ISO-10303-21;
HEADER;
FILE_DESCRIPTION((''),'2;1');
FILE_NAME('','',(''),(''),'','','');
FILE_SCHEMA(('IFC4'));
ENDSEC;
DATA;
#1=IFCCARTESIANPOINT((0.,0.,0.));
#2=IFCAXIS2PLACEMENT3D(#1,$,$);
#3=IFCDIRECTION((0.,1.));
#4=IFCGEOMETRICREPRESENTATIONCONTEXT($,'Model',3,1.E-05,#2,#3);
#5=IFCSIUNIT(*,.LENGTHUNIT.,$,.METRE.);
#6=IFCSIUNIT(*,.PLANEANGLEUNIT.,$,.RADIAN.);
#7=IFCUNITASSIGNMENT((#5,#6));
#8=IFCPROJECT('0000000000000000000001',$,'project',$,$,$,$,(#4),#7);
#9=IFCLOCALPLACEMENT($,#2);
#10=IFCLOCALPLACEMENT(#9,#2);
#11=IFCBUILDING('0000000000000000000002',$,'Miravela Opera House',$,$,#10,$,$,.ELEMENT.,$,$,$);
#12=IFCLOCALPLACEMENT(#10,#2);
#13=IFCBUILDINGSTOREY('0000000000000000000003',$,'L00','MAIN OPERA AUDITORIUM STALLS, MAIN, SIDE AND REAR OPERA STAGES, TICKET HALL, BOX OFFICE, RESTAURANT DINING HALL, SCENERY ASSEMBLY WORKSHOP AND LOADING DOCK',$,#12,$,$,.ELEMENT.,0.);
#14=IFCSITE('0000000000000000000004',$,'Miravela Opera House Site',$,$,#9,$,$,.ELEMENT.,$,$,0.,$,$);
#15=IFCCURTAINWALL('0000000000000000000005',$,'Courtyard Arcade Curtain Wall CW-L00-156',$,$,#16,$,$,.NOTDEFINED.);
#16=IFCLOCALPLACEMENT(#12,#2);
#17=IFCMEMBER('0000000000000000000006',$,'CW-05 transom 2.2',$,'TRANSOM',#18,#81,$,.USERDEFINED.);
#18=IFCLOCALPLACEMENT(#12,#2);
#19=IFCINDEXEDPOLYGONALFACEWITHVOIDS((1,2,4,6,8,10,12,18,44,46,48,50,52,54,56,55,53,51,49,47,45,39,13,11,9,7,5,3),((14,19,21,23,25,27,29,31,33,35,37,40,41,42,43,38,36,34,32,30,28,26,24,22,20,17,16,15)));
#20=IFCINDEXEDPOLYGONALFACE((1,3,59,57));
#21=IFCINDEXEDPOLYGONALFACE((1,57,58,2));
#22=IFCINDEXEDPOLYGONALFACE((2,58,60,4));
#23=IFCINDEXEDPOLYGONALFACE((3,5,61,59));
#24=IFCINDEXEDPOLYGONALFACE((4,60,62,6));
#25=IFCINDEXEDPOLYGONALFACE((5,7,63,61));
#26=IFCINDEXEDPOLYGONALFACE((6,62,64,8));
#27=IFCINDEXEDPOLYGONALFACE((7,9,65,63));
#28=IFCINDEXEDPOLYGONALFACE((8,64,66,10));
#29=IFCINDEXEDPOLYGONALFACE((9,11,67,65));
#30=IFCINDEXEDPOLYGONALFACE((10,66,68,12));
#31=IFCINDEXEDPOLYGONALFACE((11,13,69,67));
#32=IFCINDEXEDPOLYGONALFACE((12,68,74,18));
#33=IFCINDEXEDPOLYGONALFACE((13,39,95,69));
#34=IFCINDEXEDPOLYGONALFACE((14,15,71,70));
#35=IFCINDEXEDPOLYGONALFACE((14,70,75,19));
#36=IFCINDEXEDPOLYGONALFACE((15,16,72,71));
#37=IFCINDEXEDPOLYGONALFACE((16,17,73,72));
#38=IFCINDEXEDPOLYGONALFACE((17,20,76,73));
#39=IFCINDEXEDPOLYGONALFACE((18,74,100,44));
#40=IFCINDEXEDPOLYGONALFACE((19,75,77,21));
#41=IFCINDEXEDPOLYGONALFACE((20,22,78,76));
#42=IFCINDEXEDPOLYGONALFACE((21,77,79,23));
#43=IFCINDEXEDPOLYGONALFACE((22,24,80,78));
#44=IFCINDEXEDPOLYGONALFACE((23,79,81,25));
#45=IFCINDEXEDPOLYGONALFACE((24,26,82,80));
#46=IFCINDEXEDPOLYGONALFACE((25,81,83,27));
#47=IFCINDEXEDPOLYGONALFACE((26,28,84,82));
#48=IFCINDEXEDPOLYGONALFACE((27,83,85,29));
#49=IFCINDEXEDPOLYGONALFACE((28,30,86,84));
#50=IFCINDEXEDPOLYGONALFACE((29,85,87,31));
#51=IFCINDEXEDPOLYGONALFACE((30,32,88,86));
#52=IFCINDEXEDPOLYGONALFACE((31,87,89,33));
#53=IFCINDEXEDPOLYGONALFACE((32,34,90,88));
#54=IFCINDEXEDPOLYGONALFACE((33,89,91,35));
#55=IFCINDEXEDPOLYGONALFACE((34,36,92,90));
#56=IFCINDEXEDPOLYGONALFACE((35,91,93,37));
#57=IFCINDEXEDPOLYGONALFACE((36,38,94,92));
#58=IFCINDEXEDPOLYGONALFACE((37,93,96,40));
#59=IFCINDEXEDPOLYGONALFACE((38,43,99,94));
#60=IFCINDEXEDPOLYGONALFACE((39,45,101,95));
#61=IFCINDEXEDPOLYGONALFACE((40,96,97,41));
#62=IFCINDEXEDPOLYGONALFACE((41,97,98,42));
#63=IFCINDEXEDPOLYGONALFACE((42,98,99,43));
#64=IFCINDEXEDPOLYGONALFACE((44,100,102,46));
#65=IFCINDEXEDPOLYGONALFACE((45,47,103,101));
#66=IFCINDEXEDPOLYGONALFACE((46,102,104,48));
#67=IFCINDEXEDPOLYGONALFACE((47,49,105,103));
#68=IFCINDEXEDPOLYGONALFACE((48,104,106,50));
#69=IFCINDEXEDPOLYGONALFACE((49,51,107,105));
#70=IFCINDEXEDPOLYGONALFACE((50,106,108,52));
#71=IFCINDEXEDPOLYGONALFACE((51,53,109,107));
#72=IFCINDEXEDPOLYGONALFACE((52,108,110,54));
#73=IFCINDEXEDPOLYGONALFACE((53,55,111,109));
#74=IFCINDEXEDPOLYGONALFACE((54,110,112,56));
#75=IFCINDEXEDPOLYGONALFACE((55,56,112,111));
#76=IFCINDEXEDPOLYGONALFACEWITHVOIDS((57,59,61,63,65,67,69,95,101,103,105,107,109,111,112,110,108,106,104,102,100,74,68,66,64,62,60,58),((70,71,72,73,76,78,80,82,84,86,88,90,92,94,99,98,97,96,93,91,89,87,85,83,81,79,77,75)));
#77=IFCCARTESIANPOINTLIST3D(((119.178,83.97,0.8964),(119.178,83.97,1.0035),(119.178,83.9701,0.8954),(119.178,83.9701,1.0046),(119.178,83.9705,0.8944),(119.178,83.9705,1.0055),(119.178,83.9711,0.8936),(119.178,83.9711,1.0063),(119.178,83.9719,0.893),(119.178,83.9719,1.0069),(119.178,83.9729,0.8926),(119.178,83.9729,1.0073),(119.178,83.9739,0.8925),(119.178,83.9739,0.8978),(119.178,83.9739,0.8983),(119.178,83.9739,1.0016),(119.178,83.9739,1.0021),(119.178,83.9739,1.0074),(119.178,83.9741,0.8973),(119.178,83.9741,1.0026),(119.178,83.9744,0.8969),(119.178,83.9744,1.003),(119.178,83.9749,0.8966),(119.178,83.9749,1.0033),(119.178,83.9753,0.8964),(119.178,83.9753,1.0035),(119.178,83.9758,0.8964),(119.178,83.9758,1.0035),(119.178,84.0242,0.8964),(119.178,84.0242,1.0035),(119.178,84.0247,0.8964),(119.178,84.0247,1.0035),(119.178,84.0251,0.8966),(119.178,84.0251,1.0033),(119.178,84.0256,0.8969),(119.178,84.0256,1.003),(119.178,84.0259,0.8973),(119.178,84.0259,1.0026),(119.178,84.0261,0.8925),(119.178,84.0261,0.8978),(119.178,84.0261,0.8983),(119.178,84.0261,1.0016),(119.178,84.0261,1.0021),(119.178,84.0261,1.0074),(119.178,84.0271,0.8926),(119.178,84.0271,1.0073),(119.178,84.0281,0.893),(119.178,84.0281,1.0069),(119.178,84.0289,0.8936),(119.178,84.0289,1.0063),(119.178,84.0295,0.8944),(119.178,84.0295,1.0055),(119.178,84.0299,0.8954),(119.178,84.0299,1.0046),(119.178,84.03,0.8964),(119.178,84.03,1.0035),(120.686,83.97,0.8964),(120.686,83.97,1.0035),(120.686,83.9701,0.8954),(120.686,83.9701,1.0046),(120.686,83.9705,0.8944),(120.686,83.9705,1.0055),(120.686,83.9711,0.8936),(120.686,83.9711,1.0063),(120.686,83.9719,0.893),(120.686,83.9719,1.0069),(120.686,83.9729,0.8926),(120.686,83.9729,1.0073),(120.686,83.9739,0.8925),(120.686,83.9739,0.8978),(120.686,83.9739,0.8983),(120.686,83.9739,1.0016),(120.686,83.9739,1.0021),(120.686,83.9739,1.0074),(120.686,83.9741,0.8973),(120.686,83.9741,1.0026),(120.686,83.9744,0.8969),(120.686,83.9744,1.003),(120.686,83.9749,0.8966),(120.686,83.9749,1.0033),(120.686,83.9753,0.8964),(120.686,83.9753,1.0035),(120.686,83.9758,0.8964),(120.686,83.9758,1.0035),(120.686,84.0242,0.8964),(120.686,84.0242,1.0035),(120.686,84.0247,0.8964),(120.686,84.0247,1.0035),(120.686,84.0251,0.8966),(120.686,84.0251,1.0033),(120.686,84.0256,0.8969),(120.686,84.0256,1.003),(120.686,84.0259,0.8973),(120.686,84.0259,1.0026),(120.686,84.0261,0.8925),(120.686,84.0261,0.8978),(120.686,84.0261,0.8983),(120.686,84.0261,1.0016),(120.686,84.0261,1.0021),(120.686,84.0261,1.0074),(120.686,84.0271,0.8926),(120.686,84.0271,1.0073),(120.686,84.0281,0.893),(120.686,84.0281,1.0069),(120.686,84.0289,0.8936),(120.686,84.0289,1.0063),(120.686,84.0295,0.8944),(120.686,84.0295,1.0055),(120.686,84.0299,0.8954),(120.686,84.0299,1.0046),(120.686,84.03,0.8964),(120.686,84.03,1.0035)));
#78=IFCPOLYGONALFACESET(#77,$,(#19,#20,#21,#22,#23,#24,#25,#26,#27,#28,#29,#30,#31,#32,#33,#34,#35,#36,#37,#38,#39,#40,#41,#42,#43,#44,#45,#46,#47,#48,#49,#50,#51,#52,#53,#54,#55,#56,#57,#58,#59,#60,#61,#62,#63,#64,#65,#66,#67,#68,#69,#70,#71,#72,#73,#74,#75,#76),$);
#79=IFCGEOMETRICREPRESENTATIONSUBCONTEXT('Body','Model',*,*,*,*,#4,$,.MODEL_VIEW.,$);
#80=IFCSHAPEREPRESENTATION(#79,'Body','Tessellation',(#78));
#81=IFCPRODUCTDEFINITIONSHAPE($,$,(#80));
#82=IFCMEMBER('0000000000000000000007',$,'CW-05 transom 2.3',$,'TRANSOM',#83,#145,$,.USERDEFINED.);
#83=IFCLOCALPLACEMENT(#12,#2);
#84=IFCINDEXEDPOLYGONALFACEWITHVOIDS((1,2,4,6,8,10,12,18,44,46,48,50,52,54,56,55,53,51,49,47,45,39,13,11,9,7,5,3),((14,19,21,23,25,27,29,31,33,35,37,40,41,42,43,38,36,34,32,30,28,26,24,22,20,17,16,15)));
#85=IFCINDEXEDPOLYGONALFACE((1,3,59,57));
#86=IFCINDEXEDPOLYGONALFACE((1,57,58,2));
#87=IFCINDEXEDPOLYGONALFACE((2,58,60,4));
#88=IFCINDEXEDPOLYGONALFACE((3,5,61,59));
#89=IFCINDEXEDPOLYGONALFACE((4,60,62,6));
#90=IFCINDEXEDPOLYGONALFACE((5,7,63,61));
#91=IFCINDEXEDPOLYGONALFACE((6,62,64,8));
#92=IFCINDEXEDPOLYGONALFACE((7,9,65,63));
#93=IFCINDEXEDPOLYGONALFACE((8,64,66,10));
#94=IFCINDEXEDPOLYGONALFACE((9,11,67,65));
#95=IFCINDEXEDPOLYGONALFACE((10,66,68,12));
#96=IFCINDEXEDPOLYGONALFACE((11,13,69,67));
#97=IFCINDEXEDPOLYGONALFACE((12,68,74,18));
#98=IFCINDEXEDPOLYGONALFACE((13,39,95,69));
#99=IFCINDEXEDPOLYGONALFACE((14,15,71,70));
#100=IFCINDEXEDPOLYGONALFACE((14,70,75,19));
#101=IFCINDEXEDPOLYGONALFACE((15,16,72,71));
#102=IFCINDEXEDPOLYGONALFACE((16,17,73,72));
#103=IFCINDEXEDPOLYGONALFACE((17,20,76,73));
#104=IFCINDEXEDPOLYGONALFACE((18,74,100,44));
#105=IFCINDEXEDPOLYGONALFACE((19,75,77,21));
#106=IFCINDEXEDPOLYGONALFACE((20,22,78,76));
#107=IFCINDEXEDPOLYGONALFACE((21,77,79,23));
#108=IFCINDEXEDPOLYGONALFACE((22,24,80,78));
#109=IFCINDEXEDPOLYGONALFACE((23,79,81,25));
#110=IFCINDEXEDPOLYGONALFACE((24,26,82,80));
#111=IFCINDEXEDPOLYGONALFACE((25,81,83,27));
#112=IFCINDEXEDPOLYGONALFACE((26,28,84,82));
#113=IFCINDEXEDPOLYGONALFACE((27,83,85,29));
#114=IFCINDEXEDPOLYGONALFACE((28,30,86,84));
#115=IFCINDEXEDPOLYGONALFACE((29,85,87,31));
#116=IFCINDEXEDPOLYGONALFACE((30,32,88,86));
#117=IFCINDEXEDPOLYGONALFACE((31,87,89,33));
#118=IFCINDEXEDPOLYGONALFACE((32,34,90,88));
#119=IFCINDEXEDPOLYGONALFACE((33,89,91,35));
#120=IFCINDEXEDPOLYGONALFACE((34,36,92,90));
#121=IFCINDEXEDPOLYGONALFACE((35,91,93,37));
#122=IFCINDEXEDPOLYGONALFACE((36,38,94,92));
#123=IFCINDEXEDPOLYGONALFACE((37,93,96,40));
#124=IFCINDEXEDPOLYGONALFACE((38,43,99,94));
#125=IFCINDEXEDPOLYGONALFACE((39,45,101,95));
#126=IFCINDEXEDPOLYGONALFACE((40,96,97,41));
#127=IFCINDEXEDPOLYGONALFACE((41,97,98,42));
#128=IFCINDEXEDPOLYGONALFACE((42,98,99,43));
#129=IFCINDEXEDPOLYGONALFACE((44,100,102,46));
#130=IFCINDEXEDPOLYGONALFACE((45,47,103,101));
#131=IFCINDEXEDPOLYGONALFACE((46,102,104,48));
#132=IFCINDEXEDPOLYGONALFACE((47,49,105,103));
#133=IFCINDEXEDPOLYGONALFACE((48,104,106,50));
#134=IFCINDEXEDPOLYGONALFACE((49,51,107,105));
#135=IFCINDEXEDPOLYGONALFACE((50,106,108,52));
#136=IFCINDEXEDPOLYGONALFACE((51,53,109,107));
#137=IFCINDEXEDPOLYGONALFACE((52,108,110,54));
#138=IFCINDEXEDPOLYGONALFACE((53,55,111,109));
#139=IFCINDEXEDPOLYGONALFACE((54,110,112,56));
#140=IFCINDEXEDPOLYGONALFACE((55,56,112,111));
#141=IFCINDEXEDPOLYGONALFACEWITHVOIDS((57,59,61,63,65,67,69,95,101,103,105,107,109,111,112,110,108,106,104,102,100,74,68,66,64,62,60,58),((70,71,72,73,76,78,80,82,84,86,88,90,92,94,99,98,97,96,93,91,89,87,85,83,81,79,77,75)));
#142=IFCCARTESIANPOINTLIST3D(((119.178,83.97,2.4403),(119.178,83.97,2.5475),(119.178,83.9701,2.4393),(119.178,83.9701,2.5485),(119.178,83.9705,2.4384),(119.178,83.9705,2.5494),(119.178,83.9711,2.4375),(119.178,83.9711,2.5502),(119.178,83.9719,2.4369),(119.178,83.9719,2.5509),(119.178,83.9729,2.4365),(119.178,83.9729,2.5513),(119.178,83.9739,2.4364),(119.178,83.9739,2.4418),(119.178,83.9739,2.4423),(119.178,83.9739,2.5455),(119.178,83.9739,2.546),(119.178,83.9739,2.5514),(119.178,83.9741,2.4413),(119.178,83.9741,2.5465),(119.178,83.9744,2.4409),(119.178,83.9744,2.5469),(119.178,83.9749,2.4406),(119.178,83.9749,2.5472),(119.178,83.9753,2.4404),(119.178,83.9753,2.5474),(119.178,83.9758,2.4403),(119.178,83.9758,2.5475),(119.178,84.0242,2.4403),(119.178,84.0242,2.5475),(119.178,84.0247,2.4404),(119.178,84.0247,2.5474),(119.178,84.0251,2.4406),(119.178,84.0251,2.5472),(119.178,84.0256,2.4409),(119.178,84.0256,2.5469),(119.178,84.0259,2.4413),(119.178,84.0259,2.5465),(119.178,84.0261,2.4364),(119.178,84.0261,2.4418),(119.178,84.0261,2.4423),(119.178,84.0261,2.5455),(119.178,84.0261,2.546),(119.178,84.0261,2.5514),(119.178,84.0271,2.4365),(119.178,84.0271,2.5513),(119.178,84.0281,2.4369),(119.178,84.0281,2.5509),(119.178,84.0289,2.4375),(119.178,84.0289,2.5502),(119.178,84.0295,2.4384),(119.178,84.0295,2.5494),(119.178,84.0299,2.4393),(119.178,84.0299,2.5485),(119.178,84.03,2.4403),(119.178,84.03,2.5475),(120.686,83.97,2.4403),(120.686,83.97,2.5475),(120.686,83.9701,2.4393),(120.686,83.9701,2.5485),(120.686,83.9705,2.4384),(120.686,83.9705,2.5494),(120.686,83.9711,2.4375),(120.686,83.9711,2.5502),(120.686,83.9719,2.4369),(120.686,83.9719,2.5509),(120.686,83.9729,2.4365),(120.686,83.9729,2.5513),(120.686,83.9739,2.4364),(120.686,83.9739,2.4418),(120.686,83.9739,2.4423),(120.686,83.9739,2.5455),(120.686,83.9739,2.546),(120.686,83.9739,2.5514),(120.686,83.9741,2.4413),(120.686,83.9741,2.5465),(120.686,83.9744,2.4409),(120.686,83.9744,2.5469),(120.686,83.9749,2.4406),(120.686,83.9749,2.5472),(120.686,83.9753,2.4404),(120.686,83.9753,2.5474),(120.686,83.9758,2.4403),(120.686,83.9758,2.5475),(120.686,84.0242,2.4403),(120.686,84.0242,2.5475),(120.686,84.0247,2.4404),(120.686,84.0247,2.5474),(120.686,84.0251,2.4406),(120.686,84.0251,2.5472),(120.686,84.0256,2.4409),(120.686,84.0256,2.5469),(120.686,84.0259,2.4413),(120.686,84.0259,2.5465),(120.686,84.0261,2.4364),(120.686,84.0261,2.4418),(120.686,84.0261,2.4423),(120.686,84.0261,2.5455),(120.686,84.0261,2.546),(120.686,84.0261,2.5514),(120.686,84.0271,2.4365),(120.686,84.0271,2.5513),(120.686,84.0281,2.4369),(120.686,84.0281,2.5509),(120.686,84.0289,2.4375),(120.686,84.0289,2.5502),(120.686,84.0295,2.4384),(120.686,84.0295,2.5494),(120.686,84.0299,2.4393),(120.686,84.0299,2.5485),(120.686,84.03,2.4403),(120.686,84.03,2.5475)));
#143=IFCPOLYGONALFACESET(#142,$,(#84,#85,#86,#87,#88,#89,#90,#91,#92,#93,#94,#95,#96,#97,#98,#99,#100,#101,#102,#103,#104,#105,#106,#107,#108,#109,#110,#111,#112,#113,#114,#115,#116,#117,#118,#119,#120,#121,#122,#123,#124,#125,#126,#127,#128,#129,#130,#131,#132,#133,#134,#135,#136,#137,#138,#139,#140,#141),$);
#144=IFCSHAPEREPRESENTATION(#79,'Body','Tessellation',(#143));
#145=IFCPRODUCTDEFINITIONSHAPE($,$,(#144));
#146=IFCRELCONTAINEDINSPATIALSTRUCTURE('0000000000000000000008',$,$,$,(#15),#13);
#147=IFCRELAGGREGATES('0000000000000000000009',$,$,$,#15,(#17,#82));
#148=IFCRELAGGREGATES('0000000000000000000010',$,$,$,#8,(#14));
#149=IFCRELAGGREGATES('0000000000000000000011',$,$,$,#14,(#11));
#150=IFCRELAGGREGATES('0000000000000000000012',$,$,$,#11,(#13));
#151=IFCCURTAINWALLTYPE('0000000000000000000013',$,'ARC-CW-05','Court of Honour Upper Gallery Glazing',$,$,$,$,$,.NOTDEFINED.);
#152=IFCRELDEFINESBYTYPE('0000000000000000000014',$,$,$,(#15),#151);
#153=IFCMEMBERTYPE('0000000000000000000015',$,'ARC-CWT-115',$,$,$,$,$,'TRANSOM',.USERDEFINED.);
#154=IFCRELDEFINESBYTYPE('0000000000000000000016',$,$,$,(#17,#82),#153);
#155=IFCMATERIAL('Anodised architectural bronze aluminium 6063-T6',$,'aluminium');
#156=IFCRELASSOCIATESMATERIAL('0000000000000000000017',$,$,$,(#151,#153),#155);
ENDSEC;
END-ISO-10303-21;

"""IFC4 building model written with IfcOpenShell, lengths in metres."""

from ifc_helpers import new_model, si_unit, direction, frame, origin, origin_2d, place, context, subcontext, project, spatial, hollow_rectangle, extrude, material, material_profile, profile_set, type_object, element, aggregate, save


model = new_model("IFC4")

# Units and contexts
model_context = context("Model", 3, precision=1e-05, world=origin(), true_north=direction((0.0, 1.0)))
body_context = subcontext(model_context, "Body", "Model", "MODEL_VIEW")
ifc_project = project(units=[si_unit("LENGTHUNIT", "METRE"), si_unit("PLANEANGLEUNIT", "RADIAN")], contexts=[model_context])

# Site, building, storey
site_placement = place(None, origin())
site = spatial("IfcSite", under=ifc_project, at=site_placement, Name="Miravela Opera House Site", CompositionType="ELEMENT", RefElevation=0.0)
building_placement = place(site_placement, origin())
building = spatial("IfcBuilding", under=site, at=building_placement, Name="Miravela Opera House", CompositionType="ELEMENT")
storey_placement = place(building_placement, origin())
storey = spatial("IfcBuildingStorey", under=building, at=storey_placement, Name="L00", Description="MAIN OPERA AUDITORIUM STALLS, MAIN, SIDE AND REAR OPERA STAGES, TICKET HALL, BOX OFFICE, RESTAURANT DINING HALL, SCENERY ASSEMBLY WORKSHOP AND LOADING DOCK", CompositionType="ELEMENT", Elevation=0.0)

# Curtain wall, members
ifc_material_1 = material(Name="Anodised architectural bronze aluminium 6063-T6", Category="aluminium")
curtain_wall_type = type_object("IfcCurtainWallType", Name="ARC-CW-05", Description="Court of Honour Upper Gallery Glazing", PredefinedType="NOTDEFINED", material=ifc_material_1)
curtain_wall_placement = place(storey_placement, origin())
curtain_wall = element("IfcCurtainWall", 1, at=curtain_wall_placement, inside=storey, type_object=curtain_wall_type, Name="Courtyard Arcade Curtain Wall CW-L00-156", PredefinedType="NOTDEFINED")
ifc_material_profile_1 = material_profile(ifc_material_1, hollow_rectangle(XDim=0.0601, YDim=0.115, WallThickness=0.0039, InnerFilletRadius=0.002, OuterFilletRadius=0.0039, at=origin_2d()), Name="CWT-60X115")
ifc_profile_set_1 = profile_set([ifc_material_profile_1])
member_type_1 = type_object("IfcMemberType", Name="ARC-CWT-115", ElementType="TRANSOM", PredefinedType="USERDEFINED", material=ifc_profile_set_1)
member_1_placement = place(storey_placement, frame((119.178, 84.0, 0.95), z_axis=(1.0, 0.0, 0.0), x_axis=(0.0, 1.0, 0.0)))
member_1 = element("IfcMember", 2, at=member_1_placement, type_object=member_type_1, Name="CW-05 transom 2.2", ObjectType="TRANSOM", PredefinedType="USERDEFINED", context=body_context, shape_type="SweptSolid", body=[
    extrude(hollow_rectangle(XDim=0.0601, YDim=0.115, WallThickness=0.0039, InnerFilletRadius=0.002, OuterFilletRadius=0.0039, at=origin_2d()), origin(), (0.0, 0.0, 1.0), 1.5081),
])
member_2_placement = place(storey_placement, frame((119.178, 84.0, 2.4939), z_axis=(1.0, 0.0, 0.0), x_axis=(0.0, 1.0, 0.0)))
member_2 = element("IfcMember", 3, at=member_2_placement, type_object=member_type_1, Name="CW-05 transom 2.3", ObjectType="TRANSOM", PredefinedType="USERDEFINED", context=body_context, shape_type="SweptSolid", body=[
    extrude(hollow_rectangle(XDim=0.0601, YDim=0.115, WallThickness=0.0039, InnerFilletRadius=0.002, OuterFilletRadius=0.0039, at=origin_2d()), origin(), (0.0, 0.0, 1.0), 1.5081),
])
aggregate(curtain_wall, [member_1, member_2])

save(model, "model.ifc")
